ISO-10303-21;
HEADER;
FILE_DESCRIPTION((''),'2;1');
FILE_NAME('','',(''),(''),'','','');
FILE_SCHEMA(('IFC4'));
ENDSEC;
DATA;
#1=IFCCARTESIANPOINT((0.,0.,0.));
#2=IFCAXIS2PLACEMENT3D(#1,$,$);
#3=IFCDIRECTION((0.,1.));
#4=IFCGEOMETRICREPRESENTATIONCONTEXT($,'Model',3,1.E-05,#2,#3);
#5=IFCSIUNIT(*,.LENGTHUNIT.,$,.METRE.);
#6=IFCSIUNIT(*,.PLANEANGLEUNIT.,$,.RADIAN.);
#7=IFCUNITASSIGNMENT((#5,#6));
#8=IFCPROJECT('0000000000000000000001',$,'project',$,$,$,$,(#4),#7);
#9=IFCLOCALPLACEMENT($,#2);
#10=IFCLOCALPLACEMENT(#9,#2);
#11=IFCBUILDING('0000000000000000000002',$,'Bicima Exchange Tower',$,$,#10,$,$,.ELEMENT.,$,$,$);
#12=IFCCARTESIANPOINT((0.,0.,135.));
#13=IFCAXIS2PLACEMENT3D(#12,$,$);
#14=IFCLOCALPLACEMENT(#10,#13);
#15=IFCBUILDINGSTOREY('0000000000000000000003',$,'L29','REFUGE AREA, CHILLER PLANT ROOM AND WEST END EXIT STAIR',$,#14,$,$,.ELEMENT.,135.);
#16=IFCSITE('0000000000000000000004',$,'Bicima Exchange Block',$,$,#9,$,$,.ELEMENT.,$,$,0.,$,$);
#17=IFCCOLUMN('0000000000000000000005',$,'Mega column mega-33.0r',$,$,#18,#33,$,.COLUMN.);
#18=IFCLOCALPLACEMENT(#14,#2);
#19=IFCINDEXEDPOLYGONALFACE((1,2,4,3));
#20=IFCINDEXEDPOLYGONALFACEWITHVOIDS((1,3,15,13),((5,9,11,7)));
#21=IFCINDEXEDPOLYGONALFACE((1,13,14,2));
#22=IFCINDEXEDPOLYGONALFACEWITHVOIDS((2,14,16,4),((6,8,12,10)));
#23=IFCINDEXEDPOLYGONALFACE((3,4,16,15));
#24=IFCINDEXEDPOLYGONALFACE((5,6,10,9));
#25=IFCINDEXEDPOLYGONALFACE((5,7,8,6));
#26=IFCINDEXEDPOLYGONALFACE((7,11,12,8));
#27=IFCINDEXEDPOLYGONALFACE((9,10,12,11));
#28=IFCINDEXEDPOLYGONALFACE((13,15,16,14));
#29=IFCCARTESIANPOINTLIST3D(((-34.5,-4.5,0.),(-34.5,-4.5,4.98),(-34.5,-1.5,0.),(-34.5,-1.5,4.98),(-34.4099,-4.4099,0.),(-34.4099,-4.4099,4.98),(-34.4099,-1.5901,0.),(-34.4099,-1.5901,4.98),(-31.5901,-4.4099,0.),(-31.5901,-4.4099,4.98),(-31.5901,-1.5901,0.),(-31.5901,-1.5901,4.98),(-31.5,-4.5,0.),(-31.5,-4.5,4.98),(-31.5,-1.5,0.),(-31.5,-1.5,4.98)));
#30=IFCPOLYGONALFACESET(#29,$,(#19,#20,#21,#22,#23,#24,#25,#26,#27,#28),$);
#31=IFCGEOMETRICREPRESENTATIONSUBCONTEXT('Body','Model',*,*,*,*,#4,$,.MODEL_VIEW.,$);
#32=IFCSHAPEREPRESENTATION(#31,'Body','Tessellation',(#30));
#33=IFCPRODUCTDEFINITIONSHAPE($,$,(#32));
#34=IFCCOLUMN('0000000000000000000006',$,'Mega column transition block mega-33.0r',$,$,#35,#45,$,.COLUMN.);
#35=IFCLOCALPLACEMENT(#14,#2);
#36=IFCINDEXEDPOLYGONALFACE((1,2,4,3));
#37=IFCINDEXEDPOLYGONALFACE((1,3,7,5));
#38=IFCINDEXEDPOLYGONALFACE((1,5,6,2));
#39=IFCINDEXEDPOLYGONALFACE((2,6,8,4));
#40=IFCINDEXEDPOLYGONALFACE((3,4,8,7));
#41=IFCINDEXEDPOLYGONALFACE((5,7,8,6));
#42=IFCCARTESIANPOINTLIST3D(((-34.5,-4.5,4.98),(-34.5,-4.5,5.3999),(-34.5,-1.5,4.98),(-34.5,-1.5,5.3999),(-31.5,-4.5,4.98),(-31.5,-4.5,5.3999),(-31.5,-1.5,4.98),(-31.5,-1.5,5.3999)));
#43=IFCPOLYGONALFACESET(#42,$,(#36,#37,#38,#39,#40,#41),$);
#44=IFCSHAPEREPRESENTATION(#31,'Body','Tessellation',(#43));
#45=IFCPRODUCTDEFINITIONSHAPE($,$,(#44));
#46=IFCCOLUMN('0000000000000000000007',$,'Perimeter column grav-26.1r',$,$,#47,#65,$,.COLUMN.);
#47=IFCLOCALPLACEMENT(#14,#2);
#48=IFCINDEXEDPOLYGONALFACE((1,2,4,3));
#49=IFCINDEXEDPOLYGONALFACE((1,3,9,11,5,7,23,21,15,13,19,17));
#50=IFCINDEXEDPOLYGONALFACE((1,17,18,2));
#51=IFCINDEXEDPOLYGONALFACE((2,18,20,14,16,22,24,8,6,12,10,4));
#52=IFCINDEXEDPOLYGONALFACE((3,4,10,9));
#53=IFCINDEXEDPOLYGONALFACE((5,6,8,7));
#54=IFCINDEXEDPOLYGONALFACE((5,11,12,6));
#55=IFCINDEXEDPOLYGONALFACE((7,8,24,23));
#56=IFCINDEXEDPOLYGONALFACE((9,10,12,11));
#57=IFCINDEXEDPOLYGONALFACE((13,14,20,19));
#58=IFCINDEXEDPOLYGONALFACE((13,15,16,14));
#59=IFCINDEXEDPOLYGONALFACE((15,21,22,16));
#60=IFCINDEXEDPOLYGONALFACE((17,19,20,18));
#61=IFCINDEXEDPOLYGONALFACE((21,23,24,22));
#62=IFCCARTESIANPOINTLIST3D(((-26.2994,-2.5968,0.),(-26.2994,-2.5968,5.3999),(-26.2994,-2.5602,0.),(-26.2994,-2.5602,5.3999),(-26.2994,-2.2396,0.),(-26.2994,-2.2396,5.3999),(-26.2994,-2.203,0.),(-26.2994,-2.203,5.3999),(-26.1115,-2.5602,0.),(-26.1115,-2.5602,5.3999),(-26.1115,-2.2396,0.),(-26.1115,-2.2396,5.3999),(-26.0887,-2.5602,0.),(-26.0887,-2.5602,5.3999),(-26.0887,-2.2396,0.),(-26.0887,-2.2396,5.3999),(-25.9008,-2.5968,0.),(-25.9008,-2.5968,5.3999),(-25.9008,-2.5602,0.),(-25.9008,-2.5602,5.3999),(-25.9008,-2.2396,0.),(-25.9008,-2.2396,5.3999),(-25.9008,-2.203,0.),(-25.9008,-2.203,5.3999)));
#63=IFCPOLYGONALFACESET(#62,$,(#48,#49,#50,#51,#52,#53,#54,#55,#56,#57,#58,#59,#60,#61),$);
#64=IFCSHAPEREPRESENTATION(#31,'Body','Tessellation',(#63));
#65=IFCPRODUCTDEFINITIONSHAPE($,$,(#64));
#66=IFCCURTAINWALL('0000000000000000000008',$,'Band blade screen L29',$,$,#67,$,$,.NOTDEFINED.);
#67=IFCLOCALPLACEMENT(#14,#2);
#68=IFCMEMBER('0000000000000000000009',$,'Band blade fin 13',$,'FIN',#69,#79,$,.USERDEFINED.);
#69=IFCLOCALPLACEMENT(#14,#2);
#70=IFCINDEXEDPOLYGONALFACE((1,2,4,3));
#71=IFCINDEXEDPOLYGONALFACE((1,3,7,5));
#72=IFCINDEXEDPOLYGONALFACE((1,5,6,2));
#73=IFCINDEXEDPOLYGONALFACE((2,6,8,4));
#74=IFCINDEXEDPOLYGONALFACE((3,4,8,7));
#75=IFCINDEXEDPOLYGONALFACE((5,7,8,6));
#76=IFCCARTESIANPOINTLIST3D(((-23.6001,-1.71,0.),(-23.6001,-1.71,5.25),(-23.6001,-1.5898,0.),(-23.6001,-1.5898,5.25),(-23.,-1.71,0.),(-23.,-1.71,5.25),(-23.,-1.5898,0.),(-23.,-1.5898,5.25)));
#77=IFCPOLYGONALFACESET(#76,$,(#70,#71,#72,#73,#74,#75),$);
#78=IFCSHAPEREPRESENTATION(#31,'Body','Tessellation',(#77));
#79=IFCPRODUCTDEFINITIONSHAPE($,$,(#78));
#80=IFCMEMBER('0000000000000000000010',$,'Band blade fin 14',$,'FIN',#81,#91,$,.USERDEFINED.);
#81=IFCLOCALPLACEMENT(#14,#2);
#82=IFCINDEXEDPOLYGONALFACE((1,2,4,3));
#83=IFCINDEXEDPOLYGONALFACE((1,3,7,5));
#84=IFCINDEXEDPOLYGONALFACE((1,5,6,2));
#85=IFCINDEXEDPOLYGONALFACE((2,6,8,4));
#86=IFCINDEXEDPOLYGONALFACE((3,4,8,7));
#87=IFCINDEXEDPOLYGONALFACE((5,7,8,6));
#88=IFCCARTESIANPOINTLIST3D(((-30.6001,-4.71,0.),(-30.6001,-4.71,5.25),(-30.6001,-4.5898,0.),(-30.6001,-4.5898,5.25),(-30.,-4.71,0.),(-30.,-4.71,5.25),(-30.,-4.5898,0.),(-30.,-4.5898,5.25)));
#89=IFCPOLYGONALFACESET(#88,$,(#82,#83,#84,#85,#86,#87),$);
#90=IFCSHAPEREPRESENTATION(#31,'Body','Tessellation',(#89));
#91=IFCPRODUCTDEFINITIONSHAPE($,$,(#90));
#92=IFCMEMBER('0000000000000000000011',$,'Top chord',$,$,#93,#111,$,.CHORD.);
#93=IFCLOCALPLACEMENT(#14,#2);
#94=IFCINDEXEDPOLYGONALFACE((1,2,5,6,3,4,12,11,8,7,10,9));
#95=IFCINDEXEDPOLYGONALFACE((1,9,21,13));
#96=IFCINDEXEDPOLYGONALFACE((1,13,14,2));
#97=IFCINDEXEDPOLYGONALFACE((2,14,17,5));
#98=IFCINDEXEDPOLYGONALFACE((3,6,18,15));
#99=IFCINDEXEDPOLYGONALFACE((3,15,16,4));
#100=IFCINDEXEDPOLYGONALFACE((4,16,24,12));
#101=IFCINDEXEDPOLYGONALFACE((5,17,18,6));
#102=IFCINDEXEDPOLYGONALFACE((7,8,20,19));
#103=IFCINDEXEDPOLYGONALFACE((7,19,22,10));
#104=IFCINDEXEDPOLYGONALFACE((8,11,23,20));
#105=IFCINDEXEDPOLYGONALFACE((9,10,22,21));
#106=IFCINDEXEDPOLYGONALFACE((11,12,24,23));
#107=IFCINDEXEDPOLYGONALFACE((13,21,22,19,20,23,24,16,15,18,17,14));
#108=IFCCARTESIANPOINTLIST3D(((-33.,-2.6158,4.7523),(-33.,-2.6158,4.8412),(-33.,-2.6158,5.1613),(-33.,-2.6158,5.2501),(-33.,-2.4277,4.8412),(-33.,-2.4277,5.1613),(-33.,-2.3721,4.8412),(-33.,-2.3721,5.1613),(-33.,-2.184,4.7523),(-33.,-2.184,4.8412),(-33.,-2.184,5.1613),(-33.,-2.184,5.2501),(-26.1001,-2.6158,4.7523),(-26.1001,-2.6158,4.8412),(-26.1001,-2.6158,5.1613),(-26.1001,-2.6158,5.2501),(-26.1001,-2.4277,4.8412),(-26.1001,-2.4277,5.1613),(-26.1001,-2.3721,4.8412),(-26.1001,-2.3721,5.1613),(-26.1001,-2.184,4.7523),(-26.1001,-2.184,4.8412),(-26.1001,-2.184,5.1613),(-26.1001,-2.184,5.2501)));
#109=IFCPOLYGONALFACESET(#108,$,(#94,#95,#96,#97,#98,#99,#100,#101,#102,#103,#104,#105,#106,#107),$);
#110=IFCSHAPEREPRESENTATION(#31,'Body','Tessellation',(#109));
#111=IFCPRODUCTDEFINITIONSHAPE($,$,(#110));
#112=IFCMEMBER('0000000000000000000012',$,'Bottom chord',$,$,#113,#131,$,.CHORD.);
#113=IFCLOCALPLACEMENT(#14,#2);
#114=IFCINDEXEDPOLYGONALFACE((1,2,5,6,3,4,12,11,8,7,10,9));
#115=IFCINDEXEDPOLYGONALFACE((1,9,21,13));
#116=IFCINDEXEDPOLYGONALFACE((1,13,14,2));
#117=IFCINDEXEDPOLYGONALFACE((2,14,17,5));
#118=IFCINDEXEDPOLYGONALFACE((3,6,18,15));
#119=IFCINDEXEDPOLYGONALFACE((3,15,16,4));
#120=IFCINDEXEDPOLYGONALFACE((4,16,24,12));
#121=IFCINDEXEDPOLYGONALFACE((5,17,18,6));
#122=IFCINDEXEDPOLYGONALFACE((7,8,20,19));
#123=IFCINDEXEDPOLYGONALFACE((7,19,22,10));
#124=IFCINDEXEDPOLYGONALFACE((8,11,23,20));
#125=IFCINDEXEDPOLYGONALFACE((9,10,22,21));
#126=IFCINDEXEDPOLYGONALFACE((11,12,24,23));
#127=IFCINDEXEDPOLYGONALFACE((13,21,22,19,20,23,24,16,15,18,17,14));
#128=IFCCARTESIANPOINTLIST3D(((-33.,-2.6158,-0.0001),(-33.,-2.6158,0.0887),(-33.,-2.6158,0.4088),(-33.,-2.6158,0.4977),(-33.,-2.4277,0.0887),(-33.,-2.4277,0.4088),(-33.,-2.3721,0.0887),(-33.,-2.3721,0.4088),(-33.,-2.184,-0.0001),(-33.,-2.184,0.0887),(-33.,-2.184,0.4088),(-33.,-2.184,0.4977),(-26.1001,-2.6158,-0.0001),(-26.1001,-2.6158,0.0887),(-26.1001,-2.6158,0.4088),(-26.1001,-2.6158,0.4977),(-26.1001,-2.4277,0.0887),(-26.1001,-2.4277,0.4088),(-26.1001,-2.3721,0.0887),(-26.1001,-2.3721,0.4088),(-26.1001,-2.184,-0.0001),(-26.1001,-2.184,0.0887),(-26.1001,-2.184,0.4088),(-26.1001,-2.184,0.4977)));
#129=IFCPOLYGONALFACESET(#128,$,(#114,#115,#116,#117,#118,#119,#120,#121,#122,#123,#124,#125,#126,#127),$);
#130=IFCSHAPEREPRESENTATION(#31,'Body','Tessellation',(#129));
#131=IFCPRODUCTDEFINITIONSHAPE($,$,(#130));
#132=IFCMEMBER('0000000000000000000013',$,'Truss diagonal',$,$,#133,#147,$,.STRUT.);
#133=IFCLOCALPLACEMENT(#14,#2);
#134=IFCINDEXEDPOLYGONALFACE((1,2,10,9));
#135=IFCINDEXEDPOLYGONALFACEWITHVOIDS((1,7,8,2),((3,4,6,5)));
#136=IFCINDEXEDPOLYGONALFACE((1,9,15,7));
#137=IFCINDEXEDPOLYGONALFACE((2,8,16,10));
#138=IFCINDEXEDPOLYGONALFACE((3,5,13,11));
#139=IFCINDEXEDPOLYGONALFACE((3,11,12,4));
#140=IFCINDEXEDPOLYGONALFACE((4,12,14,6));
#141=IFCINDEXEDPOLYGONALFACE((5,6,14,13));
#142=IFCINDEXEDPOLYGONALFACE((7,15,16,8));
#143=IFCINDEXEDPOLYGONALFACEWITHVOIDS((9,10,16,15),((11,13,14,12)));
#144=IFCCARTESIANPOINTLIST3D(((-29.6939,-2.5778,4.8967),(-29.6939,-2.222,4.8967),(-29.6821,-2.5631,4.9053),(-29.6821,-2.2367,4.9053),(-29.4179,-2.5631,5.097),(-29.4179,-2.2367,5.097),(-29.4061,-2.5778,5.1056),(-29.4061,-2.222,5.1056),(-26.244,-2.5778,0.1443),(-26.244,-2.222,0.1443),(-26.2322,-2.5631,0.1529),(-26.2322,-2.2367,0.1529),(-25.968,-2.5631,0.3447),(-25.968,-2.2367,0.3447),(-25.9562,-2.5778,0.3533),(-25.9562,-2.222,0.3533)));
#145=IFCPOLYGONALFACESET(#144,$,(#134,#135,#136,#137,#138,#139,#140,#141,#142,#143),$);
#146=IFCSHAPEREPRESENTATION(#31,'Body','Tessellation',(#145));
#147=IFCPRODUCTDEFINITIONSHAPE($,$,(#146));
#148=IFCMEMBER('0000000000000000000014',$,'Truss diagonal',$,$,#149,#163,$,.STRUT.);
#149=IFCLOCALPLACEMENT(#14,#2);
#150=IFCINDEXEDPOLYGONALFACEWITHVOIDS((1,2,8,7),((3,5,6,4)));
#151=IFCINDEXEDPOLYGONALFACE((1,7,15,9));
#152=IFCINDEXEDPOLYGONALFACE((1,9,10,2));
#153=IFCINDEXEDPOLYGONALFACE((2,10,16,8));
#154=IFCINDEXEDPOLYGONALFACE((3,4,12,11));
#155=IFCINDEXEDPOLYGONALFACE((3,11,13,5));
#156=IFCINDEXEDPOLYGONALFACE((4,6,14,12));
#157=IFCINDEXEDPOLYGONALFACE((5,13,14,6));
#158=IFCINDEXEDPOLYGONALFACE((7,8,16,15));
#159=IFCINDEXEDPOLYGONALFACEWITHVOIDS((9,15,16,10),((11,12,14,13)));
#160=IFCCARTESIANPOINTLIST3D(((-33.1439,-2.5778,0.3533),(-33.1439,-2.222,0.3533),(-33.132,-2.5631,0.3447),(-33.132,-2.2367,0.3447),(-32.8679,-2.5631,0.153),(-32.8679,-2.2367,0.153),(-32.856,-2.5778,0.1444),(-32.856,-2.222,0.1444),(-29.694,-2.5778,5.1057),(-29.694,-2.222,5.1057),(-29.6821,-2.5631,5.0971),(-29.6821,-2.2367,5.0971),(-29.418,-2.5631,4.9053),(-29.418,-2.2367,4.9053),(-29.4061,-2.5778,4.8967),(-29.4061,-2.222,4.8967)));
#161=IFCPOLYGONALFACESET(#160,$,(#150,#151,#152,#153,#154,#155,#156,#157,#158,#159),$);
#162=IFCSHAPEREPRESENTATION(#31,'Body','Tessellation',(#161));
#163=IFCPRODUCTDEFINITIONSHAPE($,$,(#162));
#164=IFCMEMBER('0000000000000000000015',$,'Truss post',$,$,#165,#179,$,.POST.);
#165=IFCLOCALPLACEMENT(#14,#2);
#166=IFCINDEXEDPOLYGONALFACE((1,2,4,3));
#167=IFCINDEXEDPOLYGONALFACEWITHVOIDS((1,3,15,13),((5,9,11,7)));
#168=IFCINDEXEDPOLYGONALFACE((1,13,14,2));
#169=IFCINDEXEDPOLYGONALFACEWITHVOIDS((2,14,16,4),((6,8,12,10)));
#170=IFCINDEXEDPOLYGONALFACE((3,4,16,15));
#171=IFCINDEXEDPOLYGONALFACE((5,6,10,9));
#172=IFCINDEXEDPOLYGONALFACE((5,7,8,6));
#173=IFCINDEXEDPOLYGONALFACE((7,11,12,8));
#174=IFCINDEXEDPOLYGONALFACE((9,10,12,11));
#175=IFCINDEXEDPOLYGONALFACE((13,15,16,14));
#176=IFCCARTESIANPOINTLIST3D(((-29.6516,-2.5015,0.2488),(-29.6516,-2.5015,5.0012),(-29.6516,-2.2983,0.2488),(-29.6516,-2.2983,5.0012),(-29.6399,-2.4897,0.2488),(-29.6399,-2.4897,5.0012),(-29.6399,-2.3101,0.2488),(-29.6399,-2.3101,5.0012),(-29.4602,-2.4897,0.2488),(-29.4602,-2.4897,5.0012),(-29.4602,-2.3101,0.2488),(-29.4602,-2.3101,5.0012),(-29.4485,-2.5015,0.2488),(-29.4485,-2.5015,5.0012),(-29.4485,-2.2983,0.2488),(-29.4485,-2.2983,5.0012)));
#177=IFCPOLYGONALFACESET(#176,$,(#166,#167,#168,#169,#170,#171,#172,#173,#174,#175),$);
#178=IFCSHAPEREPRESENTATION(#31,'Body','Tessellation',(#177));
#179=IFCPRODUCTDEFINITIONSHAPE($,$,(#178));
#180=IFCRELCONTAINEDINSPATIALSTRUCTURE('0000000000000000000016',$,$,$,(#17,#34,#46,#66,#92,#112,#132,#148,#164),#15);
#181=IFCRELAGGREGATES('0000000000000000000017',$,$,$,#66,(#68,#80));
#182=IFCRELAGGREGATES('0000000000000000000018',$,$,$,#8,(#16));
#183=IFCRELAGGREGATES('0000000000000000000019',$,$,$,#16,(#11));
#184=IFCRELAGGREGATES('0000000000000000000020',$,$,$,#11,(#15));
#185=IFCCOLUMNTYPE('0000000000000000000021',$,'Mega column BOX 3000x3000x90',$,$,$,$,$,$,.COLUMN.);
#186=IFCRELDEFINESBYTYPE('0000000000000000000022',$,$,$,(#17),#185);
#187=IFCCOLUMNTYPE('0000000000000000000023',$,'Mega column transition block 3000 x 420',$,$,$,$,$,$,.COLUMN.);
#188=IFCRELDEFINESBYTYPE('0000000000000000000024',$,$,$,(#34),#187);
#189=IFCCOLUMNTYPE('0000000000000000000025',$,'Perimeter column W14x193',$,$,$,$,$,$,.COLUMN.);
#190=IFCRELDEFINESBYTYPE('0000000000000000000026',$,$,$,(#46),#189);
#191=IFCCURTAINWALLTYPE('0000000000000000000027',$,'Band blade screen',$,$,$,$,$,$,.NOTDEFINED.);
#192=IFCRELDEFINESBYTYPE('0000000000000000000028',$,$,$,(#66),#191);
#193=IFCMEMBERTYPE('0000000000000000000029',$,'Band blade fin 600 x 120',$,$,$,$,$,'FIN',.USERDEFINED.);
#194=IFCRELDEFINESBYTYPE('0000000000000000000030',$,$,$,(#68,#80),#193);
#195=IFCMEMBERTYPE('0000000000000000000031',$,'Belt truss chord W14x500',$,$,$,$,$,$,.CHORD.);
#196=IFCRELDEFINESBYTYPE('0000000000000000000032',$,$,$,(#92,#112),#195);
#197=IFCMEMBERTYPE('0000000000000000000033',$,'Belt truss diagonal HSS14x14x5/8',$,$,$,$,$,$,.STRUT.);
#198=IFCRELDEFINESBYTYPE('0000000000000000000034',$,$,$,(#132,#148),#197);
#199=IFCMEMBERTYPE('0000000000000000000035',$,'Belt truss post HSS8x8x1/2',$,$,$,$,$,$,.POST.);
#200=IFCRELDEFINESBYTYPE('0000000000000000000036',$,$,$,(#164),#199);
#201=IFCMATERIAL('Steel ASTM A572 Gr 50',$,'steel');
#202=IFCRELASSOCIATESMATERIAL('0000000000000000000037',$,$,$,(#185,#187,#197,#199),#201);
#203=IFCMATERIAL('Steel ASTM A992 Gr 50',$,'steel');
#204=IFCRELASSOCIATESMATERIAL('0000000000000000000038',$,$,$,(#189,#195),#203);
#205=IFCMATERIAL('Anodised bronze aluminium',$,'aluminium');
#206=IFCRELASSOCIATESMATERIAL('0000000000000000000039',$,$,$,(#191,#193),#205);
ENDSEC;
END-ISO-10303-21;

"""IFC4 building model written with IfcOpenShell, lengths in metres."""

from ifc_helpers import new_model, si_unit, direction, frame, origin, origin_2d, place, context, subcontext, project, spatial, rectangle, hollow_rectangle, i_section, extrude, material, material_profile, profile_set, type_object, element, aggregate, save


model = new_model("IFC4")

# Units and contexts
model_context = context("Model", 3, precision=1e-05, world=origin(), true_north=direction((0.0, 1.0)))
body_context = subcontext(model_context, "Body", "Model", "MODEL_VIEW")
ifc_project = project(units=[si_unit("LENGTHUNIT", "METRE"), si_unit("PLANEANGLEUNIT", "RADIAN")], contexts=[model_context])

# Site, building, storey
site_placement = place(None, origin())
site = spatial("IfcSite", under=ifc_project, at=site_placement, Name="Bicima Exchange Block", CompositionType="ELEMENT", RefElevation=0.0)
building_placement = place(site_placement, origin())
building = spatial("IfcBuilding", under=site, at=building_placement, Name="Bicima Exchange Tower", CompositionType="ELEMENT")
storey_placement = place(building_placement, frame((0.0, 0.0, 135.0)))
storey = spatial("IfcBuildingStorey", under=building, at=storey_placement, Name="L29", Description="REFUGE AREA, CHILLER PLANT ROOM AND WEST END EXIT STAIR", CompositionType="ELEMENT", Elevation=135.0)

# Columns
ifc_material_1 = material(Name="Steel ASTM A572 Gr 50", Category="steel")
ifc_material_profile_1 = material_profile(ifc_material_1, hollow_rectangle(XDim=3.0, YDim=3.0, WallThickness=0.0901, at=origin_2d()))
ifc_profile_set_1 = profile_set([ifc_material_profile_1], Name="Steel ASTM A572 Gr 50")
column_type_1 = type_object("IfcColumnType", Name="Mega column BOX 3000x3000x90", PredefinedType="COLUMN", material=ifc_profile_set_1)
column_1_placement = place(storey_placement, frame((-33.0, -3.0, 0.0), z_axis=(0.0, 0.0, 1.0), x_axis=(1.0, 0.0, 0.0)))
element("IfcColumn", 1, at=column_1_placement, inside=storey, type_object=column_type_1, Name="Mega column mega-33.0r", PredefinedType="COLUMN", context=body_context, shape_type="SweptSolid", body=[
    extrude(hollow_rectangle(XDim=3.0, YDim=3.0, WallThickness=0.0901, at=origin_2d()), origin(), (0.0, 0.0, 1.0), 4.98),
])
ifc_material_profile_2 = material_profile(ifc_material_1, rectangle(XDim=3.0, YDim=3.0, at=origin_2d()))
ifc_profile_set_2 = profile_set([ifc_material_profile_2], Name="Steel ASTM A572 Gr 50")
column_type_2 = type_object("IfcColumnType", Name="Mega column transition block 3000 x 420", PredefinedType="COLUMN", material=ifc_profile_set_2)
column_2_placement = place(storey_placement, frame((-33.0, -3.0, 4.98), z_axis=(0.0, 0.0, 1.0), x_axis=(1.0, 0.0, 0.0)))
element("IfcColumn", 2, at=column_2_placement, inside=storey, type_object=column_type_2, Name="Mega column transition block mega-33.0r", PredefinedType="COLUMN", context=body_context, shape_type="SweptSolid", body=[
    extrude(rectangle(XDim=3.0, YDim=3.0, at=origin_2d()), origin(), (0.0, 0.0, 1.0), 0.4199),
])
ifc_material_2 = material(Name="Steel ASTM A992 Gr 50", Category="steel")
ifc_material_profile_3 = material_profile(ifc_material_2, i_section(OverallWidth=0.3987, OverallDepth=0.3938, WebThickness=0.0227, FlangeThickness=0.0366, at=origin_2d()))
ifc_profile_set_3 = profile_set([ifc_material_profile_3], Name="Steel ASTM A992 Gr 50")
column_type_3 = type_object("IfcColumnType", Name="Perimeter column W14x193", PredefinedType="COLUMN", material=ifc_profile_set_3)
column_3_placement = place(storey_placement, frame((-26.1001, -2.3999, 0.0), z_axis=(0.0, 0.0, 1.0), x_axis=(1.0, 0.0, 0.0)))
element("IfcColumn", 3, at=column_3_placement, inside=storey, type_object=column_type_3, Name="Perimeter column grav-26.1r", PredefinedType="COLUMN", context=body_context, shape_type="SweptSolid", body=[
    extrude(i_section(OverallWidth=0.3987, OverallDepth=0.3938, WebThickness=0.0227, FlangeThickness=0.0366, at=origin_2d()), origin(), (0.0, 0.0, 1.0), 5.3999),
])

# Curtain wall, members
ifc_material_3 = material(Name="Anodised bronze aluminium", Category="aluminium")
curtain_wall_type = type_object("IfcCurtainWallType", Name="Band blade screen", PredefinedType="NOTDEFINED", material=ifc_material_3)
curtain_wall_placement = place(storey_placement, origin())
curtain_wall = element("IfcCurtainWall", 4, at=curtain_wall_placement, inside=storey, type_object=curtain_wall_type, Name="Band blade screen L29", PredefinedType="NOTDEFINED")
ifc_material_profile_4 = material_profile(ifc_material_3, rectangle(XDim=0.6001, YDim=0.1201, at=origin_2d()))
ifc_profile_set_4 = profile_set([ifc_material_profile_4], Name="Anodised bronze aluminium")
member_type_1 = type_object("IfcMemberType", Name="Band blade fin 600 x 120", ElementType="FIN", PredefinedType="USERDEFINED", material=ifc_profile_set_4)
member_1_placement = place(storey_placement, frame((-23.3, -1.6499, 0.0), z_axis=(0.0, 0.0, 1.0), x_axis=(1.0, 0.0, 0.0)))
member_1 = element("IfcMember", 5, at=member_1_placement, type_object=member_type_1, Name="Band blade fin 13", ObjectType="FIN", PredefinedType="USERDEFINED", context=body_context, shape_type="SweptSolid", body=[
    extrude(rectangle(XDim=0.6001, YDim=0.1201, at=origin_2d()), origin(), (0.0, 0.0, 1.0), 5.25),
])
member_2_placement = place(storey_placement, frame((-30.3, -4.6499, 0.0), z_axis=(0.0, 0.0, 1.0), x_axis=(1.0, 0.0, 0.0)))
member_2 = element("IfcMember", 6, at=member_2_placement, type_object=member_type_1, Name="Band blade fin 14", ObjectType="FIN", PredefinedType="USERDEFINED", context=body_context, shape_type="SweptSolid", body=[
    extrude(rectangle(XDim=0.6001, YDim=0.1201, at=origin_2d()), origin(), (0.0, 0.0, 1.0), 5.25),
])
aggregate(curtain_wall, [member_1, member_2])

# Members
ifc_material_profile_5 = material_profile(ifc_material_2, i_section(OverallWidth=0.4319, OverallDepth=0.4978, WebThickness=0.0557, FlangeThickness=0.0889, at=origin_2d()))
ifc_profile_set_5 = profile_set([ifc_material_profile_5], Name="Steel ASTM A992 Gr 50")
member_type_2 = type_object("IfcMemberType", Name="Belt truss chord W14x500", PredefinedType="CHORD", material=ifc_profile_set_5)
for number, where, z_axis, x_axis, name in (
    (7, (-26.1001, -2.3999, 5.0012), (-1.0, 0.0, 0.0), (0.0, -1.0, 0.0), "Top chord"),
    (8, (-26.1001, -2.3999, 0.2488), (-1.0, 0.0, 0.0), (0.0, -1.0, 0.0), "Bottom chord"),
):
    element("IfcMember", number, at=place(storey_placement, frame(where, z_axis=z_axis, x_axis=x_axis)), inside=storey, type_object=member_type_2, Name=name, PredefinedType="CHORD", context=body_context, shape_type="SweptSolid", body=[
        extrude(i_section(OverallWidth=0.4319, OverallDepth=0.4978, WebThickness=0.0557, FlangeThickness=0.0889, at=origin_2d()), origin(), (0.0, 0.0, 1.0), 6.8999),
    ])
ifc_material_profile_6 = material_profile(ifc_material_1, hollow_rectangle(XDim=0.3557, YDim=0.3557, WallThickness=0.0146, at=origin_2d()))
ifc_profile_set_6 = profile_set([ifc_material_profile_6], Name="Steel ASTM A572 Gr 50")
member_type_3 = type_object("IfcMemberType", Name="Belt truss diagonal HSS14x14x5/8", PredefinedType="STRUT", material=ifc_profile_set_6)
for number, where, z_axis, x_axis, name in (
    (9, (-26.1001, -2.3999, 0.2488), (-0.587462, 0.0, 0.809252), (0.0, -1.0, 0.0), "Truss diagonal"),
    (10, (-29.55, -2.3999, 5.0012), (-0.587462, 0.0, -0.809252), (0.0, -1.0, 0.0), "Truss diagonal"),
):
    element("IfcMember", number, at=place(storey_placement, frame(where, z_axis=z_axis, x_axis=x_axis)), inside=storey, type_object=member_type_3, Name=name, PredefinedType="STRUT", context=body_context, shape_type="SweptSolid", body=[
        extrude(hollow_rectangle(XDim=0.3557, YDim=0.3557, WallThickness=0.0146, at=origin_2d()), origin(), (0.0, 0.0, 1.0), 5.8726),
    ])
ifc_material_profile_7 = material_profile(ifc_material_1, hollow_rectangle(XDim=0.2031, YDim=0.2031, WallThickness=0.0117, at=origin_2d()))
ifc_profile_set_7 = profile_set([ifc_material_profile_7], Name="Steel ASTM A572 Gr 50")
member_type_4 = type_object("IfcMemberType", Name="Belt truss post HSS8x8x1/2", PredefinedType="POST", material=ifc_profile_set_7)
member_3_placement = place(storey_placement, frame((-29.55, -2.3999, 0.2488), z_axis=(0.0, 0.0, 1.0), x_axis=(1.0, 0.0, 0.0)))
element("IfcMember", 11, at=member_3_placement, inside=storey, type_object=member_type_4, Name="Truss post", PredefinedType="POST", context=body_context, shape_type="SweptSolid", body=[
    extrude(hollow_rectangle(XDim=0.2031, YDim=0.2031, WallThickness=0.0117, at=origin_2d()), origin(), (0.0, 0.0, 1.0), 4.7524),
])

save(model, "model.ifc")
